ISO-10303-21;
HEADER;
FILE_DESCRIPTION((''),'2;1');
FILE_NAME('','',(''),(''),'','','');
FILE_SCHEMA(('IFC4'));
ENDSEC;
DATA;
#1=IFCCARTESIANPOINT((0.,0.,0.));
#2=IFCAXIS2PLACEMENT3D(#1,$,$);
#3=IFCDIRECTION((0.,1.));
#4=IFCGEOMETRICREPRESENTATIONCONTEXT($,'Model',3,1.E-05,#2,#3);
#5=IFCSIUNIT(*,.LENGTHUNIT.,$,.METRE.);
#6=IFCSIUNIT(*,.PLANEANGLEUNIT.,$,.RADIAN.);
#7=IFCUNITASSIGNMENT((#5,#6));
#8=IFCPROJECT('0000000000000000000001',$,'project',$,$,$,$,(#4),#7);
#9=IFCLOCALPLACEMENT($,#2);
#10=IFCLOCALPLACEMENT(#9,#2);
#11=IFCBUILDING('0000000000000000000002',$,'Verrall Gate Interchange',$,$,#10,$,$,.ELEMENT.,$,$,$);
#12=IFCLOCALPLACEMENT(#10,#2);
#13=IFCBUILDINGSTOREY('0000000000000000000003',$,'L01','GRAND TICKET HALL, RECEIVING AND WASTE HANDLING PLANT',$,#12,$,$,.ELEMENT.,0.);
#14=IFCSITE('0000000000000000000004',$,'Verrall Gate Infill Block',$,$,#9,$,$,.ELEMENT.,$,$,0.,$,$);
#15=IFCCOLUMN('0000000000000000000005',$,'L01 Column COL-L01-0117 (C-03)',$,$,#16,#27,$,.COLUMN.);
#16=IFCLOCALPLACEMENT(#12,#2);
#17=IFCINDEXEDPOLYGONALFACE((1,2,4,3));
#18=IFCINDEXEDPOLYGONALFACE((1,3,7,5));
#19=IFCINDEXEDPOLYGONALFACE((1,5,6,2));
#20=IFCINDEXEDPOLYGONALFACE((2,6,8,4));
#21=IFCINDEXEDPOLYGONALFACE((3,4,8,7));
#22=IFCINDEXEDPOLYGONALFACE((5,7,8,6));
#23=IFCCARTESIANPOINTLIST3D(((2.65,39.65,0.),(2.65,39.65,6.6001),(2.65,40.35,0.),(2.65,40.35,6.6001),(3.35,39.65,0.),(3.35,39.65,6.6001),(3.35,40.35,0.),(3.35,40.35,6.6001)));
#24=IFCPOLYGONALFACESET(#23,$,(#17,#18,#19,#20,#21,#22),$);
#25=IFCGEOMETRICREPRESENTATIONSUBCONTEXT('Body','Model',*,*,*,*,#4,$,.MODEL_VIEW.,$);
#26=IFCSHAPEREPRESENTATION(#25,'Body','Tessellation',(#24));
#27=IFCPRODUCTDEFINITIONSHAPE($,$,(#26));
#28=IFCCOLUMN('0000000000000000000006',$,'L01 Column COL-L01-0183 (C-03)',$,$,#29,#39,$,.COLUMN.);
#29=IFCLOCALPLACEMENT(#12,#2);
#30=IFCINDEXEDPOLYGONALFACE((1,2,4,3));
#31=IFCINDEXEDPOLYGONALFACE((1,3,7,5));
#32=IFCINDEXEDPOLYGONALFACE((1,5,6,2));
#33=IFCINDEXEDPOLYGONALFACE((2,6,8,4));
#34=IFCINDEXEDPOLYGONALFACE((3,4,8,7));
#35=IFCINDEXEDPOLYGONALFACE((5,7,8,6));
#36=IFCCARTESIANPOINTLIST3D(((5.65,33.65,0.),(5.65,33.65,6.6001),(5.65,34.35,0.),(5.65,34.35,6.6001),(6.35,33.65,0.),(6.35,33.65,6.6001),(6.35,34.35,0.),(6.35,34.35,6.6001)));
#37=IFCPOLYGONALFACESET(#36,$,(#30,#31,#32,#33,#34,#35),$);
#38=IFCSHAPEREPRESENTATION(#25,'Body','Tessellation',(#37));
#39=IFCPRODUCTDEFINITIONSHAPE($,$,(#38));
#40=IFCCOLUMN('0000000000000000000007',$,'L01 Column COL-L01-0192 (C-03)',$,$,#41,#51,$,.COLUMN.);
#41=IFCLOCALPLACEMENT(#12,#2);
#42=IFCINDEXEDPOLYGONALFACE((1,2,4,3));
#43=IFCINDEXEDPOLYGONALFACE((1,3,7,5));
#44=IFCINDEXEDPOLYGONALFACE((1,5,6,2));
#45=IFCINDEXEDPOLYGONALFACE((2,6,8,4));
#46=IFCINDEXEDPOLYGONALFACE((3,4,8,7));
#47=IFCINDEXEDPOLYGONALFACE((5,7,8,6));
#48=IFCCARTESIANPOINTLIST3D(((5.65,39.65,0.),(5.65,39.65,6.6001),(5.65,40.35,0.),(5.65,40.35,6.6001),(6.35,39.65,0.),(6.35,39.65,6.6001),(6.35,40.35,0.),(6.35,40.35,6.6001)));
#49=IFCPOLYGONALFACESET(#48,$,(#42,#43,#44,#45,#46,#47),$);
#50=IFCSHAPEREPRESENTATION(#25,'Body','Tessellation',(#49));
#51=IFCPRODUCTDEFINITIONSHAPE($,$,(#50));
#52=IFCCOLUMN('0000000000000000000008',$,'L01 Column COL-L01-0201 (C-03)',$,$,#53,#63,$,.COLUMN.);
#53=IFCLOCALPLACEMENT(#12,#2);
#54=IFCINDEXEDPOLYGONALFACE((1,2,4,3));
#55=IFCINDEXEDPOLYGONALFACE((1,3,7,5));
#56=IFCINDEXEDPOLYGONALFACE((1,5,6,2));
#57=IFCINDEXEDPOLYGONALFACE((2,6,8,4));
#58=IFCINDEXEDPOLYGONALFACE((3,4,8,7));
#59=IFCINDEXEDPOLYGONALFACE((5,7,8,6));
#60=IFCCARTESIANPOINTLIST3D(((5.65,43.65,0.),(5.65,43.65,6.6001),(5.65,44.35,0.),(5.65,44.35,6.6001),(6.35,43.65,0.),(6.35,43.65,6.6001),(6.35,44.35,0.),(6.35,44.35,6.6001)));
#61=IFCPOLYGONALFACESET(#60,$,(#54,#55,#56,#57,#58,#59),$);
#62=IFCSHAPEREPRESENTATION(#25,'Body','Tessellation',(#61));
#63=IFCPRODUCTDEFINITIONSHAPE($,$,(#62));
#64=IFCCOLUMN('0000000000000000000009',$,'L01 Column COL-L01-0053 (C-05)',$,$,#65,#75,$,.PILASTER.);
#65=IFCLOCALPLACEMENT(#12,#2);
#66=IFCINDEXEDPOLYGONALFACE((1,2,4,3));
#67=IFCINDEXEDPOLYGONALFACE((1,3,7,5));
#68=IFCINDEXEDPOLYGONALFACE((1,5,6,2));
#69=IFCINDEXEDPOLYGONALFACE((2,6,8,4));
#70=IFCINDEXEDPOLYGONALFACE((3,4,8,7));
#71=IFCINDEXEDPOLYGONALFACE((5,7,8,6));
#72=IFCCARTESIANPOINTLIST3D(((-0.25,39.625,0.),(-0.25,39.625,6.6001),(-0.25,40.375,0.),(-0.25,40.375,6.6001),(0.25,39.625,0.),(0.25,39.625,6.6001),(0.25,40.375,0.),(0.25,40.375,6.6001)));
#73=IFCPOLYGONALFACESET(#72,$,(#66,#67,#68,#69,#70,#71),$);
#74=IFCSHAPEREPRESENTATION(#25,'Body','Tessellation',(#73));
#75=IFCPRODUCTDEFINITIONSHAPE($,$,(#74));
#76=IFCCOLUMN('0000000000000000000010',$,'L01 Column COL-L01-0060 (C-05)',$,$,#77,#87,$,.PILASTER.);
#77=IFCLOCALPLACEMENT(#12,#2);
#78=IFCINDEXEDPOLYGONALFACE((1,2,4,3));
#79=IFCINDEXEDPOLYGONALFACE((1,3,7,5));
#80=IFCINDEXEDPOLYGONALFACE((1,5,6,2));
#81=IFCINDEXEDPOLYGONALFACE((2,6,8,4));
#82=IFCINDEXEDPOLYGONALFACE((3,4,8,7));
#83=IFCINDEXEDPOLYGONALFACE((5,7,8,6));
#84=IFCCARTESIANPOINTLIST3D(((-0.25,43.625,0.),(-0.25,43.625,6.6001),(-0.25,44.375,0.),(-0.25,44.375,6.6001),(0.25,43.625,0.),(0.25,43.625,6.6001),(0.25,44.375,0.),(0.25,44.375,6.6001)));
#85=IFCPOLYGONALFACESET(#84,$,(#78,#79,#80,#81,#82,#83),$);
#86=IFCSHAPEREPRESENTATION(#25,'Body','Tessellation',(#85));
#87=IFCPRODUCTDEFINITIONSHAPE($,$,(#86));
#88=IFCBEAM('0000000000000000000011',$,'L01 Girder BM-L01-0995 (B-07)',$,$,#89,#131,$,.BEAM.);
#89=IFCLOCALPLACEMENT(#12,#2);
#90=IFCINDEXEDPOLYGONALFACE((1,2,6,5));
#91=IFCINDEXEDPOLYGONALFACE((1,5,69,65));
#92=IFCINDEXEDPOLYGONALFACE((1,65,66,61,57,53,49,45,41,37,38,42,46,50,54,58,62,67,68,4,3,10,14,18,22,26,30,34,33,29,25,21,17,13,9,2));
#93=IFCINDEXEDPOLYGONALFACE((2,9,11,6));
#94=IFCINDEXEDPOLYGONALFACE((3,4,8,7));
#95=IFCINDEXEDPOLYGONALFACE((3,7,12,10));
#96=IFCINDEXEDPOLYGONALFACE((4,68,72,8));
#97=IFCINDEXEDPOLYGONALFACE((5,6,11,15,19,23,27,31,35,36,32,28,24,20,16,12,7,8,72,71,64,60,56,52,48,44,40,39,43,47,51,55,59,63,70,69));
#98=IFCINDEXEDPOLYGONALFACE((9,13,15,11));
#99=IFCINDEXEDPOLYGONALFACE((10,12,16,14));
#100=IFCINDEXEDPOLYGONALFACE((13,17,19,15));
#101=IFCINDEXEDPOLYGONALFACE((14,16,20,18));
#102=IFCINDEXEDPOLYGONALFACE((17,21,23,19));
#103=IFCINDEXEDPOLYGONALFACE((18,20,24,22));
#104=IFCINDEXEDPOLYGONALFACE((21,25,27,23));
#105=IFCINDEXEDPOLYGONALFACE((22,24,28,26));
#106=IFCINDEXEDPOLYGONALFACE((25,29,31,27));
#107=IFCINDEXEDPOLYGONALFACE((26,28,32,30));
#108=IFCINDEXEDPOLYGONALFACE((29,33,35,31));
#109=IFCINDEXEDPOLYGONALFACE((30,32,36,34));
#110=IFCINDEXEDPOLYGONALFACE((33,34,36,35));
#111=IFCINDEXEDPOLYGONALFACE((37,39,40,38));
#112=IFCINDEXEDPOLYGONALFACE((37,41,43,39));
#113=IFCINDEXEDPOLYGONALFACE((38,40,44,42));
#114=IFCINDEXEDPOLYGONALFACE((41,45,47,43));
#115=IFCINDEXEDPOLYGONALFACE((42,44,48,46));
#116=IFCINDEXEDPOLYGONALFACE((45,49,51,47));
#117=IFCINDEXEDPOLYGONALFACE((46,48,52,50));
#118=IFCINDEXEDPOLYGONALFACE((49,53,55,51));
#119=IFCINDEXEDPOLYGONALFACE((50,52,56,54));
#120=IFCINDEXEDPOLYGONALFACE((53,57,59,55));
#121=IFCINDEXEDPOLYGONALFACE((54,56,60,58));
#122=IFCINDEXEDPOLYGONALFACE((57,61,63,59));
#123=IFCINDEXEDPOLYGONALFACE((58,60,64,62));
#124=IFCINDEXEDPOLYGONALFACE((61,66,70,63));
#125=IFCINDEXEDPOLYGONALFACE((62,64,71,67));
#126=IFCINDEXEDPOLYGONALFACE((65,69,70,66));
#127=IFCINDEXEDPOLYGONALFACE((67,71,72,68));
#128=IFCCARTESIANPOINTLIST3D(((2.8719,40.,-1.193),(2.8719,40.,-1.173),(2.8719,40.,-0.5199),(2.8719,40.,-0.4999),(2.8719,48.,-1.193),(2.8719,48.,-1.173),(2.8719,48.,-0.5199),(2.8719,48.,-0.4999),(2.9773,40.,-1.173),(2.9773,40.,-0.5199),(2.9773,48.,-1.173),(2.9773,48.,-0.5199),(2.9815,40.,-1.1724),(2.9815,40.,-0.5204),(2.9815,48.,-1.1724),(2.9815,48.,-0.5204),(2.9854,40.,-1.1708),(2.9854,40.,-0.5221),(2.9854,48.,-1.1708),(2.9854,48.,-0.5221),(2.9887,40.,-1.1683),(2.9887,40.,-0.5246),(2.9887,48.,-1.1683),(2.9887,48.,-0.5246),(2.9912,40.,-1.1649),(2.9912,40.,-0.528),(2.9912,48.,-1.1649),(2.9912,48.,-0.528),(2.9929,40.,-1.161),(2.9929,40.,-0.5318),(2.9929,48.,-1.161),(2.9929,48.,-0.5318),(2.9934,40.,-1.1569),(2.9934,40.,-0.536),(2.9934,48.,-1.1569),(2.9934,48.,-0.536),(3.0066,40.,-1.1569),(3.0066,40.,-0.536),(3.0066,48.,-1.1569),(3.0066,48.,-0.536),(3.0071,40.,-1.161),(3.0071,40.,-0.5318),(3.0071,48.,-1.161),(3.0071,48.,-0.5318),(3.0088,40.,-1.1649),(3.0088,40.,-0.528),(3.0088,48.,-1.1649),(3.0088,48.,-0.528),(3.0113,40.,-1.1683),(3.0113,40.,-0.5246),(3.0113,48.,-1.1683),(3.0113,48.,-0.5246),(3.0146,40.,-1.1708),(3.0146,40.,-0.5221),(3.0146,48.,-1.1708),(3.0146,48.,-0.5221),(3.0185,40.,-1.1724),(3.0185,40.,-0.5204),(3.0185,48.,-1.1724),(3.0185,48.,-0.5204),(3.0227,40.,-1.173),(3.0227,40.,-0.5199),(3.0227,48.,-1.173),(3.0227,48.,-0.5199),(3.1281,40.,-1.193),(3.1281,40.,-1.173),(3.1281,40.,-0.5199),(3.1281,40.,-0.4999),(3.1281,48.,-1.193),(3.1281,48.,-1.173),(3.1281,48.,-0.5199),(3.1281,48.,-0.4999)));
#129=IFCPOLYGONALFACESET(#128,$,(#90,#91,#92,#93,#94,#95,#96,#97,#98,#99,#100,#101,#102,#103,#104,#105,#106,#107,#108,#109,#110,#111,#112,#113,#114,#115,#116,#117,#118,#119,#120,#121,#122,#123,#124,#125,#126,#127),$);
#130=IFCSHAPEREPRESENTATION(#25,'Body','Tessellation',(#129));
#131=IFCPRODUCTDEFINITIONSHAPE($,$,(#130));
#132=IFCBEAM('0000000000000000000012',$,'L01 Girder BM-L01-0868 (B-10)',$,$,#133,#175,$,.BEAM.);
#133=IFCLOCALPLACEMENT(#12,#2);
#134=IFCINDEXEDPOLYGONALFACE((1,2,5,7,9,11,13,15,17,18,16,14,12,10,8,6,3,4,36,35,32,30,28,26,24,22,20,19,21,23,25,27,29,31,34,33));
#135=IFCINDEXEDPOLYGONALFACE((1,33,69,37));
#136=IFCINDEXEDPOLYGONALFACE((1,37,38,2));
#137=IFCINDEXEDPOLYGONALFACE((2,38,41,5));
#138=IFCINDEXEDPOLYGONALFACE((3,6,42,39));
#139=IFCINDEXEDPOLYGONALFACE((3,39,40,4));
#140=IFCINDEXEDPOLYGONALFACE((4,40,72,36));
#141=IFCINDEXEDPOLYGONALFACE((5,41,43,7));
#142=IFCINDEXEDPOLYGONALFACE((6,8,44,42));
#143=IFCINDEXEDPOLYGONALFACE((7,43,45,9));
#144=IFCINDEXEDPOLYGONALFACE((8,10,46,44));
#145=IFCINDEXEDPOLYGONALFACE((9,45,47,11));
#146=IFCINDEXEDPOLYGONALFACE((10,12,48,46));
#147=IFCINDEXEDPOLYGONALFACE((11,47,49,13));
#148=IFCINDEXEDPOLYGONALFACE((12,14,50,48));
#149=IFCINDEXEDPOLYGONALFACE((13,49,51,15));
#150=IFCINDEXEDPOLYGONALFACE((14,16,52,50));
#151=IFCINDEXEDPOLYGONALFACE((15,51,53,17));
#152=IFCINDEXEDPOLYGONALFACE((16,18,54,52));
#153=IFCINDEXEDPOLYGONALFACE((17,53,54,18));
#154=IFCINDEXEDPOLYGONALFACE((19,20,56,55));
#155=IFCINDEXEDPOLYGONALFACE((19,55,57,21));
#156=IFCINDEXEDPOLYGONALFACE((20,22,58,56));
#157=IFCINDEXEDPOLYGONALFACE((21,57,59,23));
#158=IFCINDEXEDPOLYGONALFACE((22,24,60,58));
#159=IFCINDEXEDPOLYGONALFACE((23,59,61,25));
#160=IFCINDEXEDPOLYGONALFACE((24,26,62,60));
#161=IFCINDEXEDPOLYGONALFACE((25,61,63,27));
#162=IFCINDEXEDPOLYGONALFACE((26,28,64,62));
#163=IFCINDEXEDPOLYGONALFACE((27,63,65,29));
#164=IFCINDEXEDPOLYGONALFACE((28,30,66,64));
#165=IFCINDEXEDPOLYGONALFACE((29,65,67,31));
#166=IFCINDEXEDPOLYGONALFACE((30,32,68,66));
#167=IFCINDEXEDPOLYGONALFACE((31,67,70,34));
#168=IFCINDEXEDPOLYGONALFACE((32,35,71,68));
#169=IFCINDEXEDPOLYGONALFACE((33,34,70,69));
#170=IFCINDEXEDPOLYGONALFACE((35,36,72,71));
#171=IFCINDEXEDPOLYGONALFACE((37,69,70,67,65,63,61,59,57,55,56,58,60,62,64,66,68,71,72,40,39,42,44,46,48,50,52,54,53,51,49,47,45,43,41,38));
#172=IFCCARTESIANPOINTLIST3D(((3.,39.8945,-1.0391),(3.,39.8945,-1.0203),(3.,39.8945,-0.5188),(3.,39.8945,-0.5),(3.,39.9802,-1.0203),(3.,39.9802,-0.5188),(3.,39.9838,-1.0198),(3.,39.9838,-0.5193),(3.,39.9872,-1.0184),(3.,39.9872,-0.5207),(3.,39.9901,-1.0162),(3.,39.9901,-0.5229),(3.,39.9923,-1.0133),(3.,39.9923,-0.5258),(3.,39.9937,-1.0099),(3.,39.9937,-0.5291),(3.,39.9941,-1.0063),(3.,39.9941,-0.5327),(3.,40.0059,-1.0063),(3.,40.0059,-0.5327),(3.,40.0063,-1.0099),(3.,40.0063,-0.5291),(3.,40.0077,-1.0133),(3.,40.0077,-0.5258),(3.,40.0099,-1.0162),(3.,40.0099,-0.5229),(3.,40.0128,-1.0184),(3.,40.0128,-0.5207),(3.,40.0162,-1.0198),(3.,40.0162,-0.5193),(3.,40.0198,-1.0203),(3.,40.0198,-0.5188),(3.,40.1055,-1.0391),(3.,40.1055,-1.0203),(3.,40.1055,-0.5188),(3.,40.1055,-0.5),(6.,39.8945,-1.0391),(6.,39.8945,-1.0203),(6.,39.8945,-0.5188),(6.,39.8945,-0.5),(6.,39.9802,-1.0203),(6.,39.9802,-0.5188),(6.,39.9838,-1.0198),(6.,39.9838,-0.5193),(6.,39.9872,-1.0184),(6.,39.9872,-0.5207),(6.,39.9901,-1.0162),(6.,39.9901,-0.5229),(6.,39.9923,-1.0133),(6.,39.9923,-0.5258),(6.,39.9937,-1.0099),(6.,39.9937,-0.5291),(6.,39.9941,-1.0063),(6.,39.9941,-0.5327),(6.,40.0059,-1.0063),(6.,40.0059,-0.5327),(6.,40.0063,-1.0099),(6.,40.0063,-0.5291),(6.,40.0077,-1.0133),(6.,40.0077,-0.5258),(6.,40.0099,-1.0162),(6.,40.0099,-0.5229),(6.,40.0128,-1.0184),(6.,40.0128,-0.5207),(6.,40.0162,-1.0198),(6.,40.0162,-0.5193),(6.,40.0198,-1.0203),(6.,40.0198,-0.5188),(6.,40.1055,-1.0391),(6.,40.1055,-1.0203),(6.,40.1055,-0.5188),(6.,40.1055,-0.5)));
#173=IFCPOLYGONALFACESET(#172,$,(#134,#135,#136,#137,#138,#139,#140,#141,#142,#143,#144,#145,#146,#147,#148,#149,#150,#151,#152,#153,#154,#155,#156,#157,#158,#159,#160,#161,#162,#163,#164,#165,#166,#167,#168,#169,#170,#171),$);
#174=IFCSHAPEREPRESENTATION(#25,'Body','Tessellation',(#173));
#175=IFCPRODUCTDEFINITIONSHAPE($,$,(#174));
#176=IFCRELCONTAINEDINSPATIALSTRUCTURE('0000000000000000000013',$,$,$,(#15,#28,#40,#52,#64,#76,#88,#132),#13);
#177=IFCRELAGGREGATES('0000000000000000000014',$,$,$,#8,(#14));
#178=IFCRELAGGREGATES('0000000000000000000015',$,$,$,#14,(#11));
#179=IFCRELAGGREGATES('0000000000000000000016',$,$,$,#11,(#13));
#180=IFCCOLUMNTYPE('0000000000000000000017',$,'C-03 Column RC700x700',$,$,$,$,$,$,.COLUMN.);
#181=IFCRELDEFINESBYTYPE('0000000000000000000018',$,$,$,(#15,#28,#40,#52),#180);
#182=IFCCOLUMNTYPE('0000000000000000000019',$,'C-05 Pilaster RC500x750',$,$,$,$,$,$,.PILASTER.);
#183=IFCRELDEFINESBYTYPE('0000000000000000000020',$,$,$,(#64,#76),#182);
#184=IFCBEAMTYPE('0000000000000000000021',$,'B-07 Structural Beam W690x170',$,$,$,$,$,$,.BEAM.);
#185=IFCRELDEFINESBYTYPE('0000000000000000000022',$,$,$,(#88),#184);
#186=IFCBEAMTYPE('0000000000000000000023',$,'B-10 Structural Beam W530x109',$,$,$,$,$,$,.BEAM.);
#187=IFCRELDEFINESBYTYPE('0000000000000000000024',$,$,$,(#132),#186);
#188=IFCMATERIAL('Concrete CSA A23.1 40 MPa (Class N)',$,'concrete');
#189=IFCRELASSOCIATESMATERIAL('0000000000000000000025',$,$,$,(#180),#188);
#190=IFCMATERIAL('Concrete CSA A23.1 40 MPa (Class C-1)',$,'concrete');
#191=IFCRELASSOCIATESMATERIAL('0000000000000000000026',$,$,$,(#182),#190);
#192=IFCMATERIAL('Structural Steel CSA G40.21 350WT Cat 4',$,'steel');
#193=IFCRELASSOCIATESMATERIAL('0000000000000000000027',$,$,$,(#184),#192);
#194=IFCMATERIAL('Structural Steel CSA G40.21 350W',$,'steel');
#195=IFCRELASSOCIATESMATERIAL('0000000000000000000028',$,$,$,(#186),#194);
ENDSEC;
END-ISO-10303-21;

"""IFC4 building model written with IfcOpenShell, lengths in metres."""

from ifc_helpers import new_model, si_unit, direction, frame, origin, origin_2d, place, context, subcontext, project, spatial, rectangle, i_section, extrude, material, material_profile, profile_set, type_object, element, save


model = new_model("IFC4")

# Units and contexts
model_context = context("Model", 3, precision=1e-05, world=origin(), true_north=direction((0.0, 1.0)))
body_context = subcontext(model_context, "Body", "Model", "MODEL_VIEW")
ifc_project = project(units=[si_unit("LENGTHUNIT", "METRE"), si_unit("PLANEANGLEUNIT", "RADIAN")], contexts=[model_context])

# Site, building, storey
site_placement = place(None, origin())
site = spatial("IfcSite", under=ifc_project, at=site_placement, Name="Verrall Gate Infill Block", CompositionType="ELEMENT", RefElevation=0.0)
building_placement = place(site_placement, origin())
building = spatial("IfcBuilding", under=site, at=building_placement, Name="Verrall Gate Interchange", CompositionType="ELEMENT")
storey_placement = place(building_placement, origin())
storey = spatial("IfcBuildingStorey", under=building, at=storey_placement, Name="L01", Description="GRAND TICKET HALL, RECEIVING AND WASTE HANDLING PLANT", CompositionType="ELEMENT", Elevation=0.0)

# Columns
ifc_material_1 = material(Name="Concrete CSA A23.1 40 MPa (Class N)", Category="concrete")
ifc_material_profile_1 = material_profile(ifc_material_1, rectangle(XDim=0.7, YDim=0.7, at=origin_2d()), Name="RC700x700")
ifc_profile_set_1 = profile_set([ifc_material_profile_1], Name="Concrete CSA A23.1 40 MPa (Class N)")
column_type_1 = type_object("IfcColumnType", Name="C-03 Column RC700x700", PredefinedType="COLUMN", material=ifc_profile_set_1)
for number, where, z_axis, x_axis, name in (
    (1, (3.0, 40.0, 0.0), (0.0, 0.0, 1.0), (1.0, 0.0, 0.0), "L01 Column COL-L01-0117 (C-03)"),
    (2, (6.0, 34.0, 0.0), (0.0, 0.0, 1.0), (1.0, 0.0, 0.0), "L01 Column COL-L01-0183 (C-03)"),
    (3, (6.0, 40.0, 0.0), (0.0, 0.0, 1.0), (1.0, 0.0, 0.0), "L01 Column COL-L01-0192 (C-03)"),
    (4, (6.0, 44.0, 0.0), (0.0, 0.0, 1.0), (1.0, 0.0, 0.0), "L01 Column COL-L01-0201 (C-03)"),
):
    element("IfcColumn", number, at=place(storey_placement, frame(where, z_axis=z_axis, x_axis=x_axis)), inside=storey, type_object=column_type_1, Name=name, PredefinedType="COLUMN", context=body_context, shape_type="SweptSolid", body=[
        extrude(rectangle(XDim=0.7, YDim=0.7, at=origin_2d()), origin(), (0.0, 0.0, 1.0), 6.6001),
    ])
ifc_material_2 = material(Name="Concrete CSA A23.1 40 MPa (Class C-1)", Category="concrete")
ifc_material_profile_2 = material_profile(ifc_material_2, rectangle(XDim=0.5, YDim=0.75, at=origin_2d()), Name="RC500x750")
ifc_profile_set_2 = profile_set([ifc_material_profile_2], Name="Concrete CSA A23.1 40 MPa (Class C-1)")
column_type_2 = type_object("IfcColumnType", Name="C-05 Pilaster RC500x750", PredefinedType="PILASTER", material=ifc_profile_set_2)
for number, where, z_axis, x_axis, name in (
    (5, (0.0, 40.0, 0.0), (0.0, 0.0, 1.0), (1.0, 0.0, 0.0), "L01 Column COL-L01-0053 (C-05)"),
    (6, (0.0, 44.0, 0.0), (0.0, 0.0, 1.0), (1.0, 0.0, 0.0), "L01 Column COL-L01-0060 (C-05)"),
):
    element("IfcColumn", number, at=place(storey_placement, frame(where, z_axis=z_axis, x_axis=x_axis)), inside=storey, type_object=column_type_2, Name=name, PredefinedType="PILASTER", context=body_context, shape_type="SweptSolid", body=[
        extrude(rectangle(XDim=0.5, YDim=0.75, at=origin_2d()), origin(), (0.0, 0.0, 1.0), 6.6001),
    ])

# Beams
ifc_material_3 = material(Name="Structural Steel CSA G40.21 350WT Cat 4", Category="steel")
ifc_material_profile_3 = material_profile(ifc_material_3, i_section(OverallWidth=0.2561, OverallDepth=0.6931, WebThickness=0.0132, FlangeThickness=0.02, FilletRadius=0.0161, at=origin_2d()), Name="W690x170")
ifc_profile_set_3 = profile_set([ifc_material_profile_3], Name="Structural Steel CSA G40.21 350WT Cat 4")
beam_type_1 = type_object("IfcBeamType", Name="B-07 Structural Beam W690x170", PredefinedType="BEAM", material=ifc_profile_set_3)
beam_1_placement = place(storey_placement, frame((3.0, 40.0, -0.8464), z_axis=(0.0, 1.0, 0.0), x_axis=(-1.0, 0.0, 0.0)))
element("IfcBeam", 7, at=beam_1_placement, inside=storey, type_object=beam_type_1, Name="L01 Girder BM-L01-0995 (B-07)", PredefinedType="BEAM", context=body_context, shape_type="SweptSolid", body=[
    extrude(i_section(OverallWidth=0.2561, OverallDepth=0.6931, WebThickness=0.0132, FlangeThickness=0.02, FilletRadius=0.0161, at=origin_2d()), origin(), (0.0, 0.0, 1.0), 8.0),
])
ifc_material_4 = material(Name="Structural Steel CSA G40.21 350W", Category="steel")
ifc_material_profile_4 = material_profile(ifc_material_4, i_section(OverallWidth=0.2109, OverallDepth=0.5391, WebThickness=0.0117, FlangeThickness=0.0188, FilletRadius=0.0139, at=origin_2d()), Name="W530x109")
ifc_profile_set_4 = profile_set([ifc_material_profile_4], Name="Structural Steel CSA G40.21 350W")
beam_type_2 = type_object("IfcBeamType", Name="B-10 Structural Beam W530x109", PredefinedType="BEAM", material=ifc_profile_set_4)
beam_2_placement = place(storey_placement, frame((3.0, 40.0, -0.7695), z_axis=(1.0, 0.0, 0.0), x_axis=(0.0, 1.0, 0.0)))
element("IfcBeam", 8, at=beam_2_placement, inside=storey, type_object=beam_type_2, Name="L01 Girder BM-L01-0868 (B-10)", PredefinedType="BEAM", context=body_context, shape_type="SweptSolid", body=[
    extrude(i_section(OverallWidth=0.2109, OverallDepth=0.5391, WebThickness=0.0117, FlangeThickness=0.0188, FilletRadius=0.0139, at=origin_2d()), origin(), (0.0, 0.0, 1.0), 3.0),
])

save(model, "model.ifc")
